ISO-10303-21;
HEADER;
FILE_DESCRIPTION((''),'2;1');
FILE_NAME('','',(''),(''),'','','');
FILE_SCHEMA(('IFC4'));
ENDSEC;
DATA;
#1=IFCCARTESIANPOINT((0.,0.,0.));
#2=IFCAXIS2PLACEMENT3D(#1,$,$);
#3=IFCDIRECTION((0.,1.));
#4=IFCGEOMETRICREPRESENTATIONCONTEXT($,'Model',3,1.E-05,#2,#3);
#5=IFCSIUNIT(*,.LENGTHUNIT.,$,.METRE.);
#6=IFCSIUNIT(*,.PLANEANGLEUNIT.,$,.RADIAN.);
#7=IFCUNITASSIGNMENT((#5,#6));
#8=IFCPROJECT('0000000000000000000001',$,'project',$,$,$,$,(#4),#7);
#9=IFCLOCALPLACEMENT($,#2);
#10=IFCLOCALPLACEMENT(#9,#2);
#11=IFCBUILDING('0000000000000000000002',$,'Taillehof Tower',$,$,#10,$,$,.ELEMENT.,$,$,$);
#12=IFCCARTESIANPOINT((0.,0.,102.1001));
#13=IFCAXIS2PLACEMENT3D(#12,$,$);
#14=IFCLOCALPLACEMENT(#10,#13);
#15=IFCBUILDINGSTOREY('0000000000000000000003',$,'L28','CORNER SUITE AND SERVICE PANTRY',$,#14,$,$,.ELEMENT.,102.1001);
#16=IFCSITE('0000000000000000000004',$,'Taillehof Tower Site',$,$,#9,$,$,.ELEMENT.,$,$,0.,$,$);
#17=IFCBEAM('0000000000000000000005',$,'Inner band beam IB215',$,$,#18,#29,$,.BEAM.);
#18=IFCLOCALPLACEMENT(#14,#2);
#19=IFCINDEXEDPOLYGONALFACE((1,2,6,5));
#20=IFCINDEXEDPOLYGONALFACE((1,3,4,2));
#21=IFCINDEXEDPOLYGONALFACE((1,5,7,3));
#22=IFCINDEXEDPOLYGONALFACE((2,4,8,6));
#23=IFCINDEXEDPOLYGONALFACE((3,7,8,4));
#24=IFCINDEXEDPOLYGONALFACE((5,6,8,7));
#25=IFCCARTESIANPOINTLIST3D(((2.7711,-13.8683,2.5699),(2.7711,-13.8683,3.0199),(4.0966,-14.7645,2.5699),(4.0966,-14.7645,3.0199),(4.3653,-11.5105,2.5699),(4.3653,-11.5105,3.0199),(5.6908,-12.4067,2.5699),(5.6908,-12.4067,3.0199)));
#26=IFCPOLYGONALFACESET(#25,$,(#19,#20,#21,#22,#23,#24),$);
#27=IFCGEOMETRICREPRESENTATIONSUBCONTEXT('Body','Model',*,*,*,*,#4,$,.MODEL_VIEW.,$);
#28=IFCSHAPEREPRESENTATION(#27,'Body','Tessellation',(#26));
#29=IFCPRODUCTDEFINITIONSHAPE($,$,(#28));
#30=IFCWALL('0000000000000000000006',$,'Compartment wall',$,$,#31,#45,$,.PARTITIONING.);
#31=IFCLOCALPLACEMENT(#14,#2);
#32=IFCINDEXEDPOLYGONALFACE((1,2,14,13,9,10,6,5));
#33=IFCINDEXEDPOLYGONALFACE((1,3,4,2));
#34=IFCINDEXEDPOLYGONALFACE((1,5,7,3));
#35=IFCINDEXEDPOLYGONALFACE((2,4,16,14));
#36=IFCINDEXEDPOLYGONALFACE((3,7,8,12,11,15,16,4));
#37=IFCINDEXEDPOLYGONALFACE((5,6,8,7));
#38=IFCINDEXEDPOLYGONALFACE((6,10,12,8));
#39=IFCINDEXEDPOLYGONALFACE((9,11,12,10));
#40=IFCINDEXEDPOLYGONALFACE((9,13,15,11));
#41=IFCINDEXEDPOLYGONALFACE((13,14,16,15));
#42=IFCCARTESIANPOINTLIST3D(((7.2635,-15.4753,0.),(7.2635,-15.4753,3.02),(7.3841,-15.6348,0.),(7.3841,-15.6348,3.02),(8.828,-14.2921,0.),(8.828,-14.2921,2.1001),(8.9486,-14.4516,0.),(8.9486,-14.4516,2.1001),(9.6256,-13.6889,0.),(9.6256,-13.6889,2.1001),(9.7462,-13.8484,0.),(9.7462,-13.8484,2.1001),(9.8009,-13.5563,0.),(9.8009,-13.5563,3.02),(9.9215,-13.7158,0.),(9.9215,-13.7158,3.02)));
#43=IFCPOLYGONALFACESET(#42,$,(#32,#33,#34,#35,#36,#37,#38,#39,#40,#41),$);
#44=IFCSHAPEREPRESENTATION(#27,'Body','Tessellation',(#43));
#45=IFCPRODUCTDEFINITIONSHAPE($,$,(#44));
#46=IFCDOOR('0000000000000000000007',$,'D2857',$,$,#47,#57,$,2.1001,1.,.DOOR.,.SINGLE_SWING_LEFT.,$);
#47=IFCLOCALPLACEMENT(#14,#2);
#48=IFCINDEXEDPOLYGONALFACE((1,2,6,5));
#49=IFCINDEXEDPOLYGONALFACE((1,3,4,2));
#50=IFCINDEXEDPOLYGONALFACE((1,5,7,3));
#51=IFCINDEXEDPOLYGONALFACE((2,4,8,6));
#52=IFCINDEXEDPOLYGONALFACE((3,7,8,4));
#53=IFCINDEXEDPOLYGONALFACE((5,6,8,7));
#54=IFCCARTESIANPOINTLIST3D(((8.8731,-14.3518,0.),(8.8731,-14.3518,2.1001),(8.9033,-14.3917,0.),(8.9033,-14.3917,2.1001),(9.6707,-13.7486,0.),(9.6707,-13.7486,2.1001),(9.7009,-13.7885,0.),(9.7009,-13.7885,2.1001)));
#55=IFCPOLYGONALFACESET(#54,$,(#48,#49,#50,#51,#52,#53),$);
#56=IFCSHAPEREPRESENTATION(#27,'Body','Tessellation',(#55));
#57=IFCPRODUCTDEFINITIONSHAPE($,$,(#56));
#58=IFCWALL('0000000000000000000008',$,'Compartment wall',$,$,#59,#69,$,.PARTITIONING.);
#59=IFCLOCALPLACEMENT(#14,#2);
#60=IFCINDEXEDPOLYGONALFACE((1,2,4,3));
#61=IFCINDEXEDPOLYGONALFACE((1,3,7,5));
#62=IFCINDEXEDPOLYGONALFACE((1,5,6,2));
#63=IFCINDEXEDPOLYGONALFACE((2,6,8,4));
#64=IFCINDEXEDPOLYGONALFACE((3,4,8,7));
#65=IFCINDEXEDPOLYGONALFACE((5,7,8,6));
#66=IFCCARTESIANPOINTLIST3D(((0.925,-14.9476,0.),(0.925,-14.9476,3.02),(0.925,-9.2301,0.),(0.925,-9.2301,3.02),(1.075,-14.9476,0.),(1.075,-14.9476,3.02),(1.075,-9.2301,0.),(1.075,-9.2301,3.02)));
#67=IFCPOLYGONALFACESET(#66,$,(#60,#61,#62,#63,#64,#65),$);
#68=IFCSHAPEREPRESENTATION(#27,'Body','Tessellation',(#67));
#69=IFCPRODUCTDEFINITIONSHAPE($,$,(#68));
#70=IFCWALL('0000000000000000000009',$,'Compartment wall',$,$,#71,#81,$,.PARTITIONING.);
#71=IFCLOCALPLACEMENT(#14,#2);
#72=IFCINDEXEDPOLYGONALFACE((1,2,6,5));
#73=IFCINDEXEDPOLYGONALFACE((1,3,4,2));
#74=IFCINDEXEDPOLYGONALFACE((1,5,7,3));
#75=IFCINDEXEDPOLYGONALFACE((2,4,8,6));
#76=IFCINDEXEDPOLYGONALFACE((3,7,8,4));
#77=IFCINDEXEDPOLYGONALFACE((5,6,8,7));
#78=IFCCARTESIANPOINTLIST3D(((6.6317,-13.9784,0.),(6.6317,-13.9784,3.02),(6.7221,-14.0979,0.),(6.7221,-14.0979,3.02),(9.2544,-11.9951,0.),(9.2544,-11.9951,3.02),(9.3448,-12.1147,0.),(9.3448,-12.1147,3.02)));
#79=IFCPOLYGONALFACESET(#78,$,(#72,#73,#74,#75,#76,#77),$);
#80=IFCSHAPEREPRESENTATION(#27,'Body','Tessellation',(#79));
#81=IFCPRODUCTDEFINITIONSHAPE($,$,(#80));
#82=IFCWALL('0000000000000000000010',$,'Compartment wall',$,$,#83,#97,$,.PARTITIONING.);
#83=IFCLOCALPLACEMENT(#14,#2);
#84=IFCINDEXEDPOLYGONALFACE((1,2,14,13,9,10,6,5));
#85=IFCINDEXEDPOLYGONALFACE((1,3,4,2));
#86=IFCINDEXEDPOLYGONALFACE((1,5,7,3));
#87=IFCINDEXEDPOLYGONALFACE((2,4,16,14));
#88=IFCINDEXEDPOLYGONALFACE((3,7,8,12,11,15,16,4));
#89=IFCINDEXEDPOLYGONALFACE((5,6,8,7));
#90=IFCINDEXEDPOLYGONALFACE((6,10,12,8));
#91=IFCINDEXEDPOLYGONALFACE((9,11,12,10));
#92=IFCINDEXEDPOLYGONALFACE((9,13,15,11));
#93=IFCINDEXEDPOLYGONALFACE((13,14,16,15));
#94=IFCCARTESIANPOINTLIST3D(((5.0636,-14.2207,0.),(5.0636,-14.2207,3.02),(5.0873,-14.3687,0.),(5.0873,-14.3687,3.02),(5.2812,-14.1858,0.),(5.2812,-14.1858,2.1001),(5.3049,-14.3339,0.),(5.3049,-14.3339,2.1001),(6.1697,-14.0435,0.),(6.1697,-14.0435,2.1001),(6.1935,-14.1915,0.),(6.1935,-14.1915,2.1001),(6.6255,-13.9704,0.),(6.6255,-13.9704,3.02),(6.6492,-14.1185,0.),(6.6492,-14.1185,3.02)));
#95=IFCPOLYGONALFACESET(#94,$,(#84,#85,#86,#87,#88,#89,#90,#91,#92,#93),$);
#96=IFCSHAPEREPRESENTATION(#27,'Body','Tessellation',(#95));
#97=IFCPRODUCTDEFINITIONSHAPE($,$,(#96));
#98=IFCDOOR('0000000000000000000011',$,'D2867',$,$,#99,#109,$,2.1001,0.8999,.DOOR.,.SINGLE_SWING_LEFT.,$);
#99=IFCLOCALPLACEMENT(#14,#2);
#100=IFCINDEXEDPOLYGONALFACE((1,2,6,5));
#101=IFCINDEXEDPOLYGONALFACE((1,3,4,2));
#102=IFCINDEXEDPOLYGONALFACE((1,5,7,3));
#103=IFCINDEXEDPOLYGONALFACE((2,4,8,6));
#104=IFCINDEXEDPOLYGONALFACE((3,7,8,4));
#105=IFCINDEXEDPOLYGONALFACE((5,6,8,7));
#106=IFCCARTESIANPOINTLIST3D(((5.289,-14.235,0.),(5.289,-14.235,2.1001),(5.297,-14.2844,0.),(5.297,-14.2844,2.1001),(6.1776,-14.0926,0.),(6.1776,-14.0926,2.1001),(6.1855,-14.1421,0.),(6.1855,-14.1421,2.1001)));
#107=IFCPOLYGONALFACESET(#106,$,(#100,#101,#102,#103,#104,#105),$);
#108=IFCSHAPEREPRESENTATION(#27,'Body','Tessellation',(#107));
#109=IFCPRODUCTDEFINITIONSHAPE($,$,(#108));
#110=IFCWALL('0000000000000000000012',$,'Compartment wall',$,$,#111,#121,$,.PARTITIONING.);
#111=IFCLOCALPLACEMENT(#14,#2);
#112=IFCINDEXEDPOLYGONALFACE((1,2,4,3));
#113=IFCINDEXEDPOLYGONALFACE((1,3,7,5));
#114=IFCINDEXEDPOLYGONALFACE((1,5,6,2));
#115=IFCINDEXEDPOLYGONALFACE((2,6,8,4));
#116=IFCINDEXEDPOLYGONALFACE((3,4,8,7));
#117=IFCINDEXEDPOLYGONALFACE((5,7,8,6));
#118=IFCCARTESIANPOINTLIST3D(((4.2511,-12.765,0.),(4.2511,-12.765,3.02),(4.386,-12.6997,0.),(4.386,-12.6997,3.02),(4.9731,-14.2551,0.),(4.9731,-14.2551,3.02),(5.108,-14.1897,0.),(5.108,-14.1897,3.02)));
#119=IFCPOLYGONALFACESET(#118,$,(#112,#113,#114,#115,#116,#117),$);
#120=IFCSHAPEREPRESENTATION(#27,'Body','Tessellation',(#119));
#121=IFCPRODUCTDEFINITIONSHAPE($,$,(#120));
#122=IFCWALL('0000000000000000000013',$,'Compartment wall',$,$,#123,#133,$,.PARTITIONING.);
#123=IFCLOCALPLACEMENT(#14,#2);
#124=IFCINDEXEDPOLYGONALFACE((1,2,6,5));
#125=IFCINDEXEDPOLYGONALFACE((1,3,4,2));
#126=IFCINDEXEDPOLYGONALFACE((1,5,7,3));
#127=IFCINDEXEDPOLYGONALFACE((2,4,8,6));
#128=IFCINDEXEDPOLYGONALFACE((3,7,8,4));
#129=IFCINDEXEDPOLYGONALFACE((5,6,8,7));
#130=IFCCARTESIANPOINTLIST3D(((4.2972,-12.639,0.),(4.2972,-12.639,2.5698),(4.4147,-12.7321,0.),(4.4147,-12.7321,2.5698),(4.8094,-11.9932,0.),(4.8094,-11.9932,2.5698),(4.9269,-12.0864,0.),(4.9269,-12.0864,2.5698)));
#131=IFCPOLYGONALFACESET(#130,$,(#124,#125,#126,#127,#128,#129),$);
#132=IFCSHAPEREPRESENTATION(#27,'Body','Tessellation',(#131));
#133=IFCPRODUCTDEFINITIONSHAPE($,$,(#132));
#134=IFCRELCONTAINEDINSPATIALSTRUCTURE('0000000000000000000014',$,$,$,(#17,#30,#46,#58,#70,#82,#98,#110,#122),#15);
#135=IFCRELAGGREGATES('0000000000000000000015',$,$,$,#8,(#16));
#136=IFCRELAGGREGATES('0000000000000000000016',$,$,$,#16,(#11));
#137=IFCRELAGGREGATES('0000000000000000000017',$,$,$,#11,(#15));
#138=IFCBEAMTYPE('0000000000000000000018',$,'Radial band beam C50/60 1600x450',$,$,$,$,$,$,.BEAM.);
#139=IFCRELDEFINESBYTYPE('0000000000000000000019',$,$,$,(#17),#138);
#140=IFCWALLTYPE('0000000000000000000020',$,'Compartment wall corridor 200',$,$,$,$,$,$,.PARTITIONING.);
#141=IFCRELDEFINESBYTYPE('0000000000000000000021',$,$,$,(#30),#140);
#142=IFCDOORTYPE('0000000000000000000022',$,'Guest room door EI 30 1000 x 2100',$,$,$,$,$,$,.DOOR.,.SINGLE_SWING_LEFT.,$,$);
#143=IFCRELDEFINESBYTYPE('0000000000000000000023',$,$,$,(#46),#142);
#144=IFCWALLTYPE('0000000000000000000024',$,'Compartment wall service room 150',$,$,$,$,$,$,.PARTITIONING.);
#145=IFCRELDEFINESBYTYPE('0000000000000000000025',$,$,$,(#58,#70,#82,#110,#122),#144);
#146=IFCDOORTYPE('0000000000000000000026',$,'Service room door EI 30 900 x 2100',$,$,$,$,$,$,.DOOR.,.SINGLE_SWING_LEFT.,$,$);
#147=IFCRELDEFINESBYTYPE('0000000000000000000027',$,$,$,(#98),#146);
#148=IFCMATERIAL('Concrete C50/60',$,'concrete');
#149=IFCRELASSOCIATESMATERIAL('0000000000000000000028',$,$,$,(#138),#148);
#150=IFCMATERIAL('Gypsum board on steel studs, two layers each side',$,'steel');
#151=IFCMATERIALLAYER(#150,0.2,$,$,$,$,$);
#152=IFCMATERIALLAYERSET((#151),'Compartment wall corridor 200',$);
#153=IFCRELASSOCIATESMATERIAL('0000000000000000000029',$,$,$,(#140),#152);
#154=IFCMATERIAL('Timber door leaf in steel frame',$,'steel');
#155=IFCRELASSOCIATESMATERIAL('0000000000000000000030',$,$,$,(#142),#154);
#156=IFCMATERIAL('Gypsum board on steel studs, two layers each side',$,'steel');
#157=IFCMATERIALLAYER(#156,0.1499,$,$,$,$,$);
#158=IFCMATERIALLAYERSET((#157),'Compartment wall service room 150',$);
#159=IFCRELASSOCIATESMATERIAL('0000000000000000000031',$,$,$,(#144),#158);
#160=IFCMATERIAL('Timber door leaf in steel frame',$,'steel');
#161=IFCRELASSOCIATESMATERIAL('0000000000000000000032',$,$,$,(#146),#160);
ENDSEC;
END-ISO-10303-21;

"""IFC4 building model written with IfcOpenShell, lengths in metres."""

from ifc_helpers import new_model, si_unit, direction, frame, frame_2d, origin, origin_2d, place, context, subcontext, project, spatial, rectangle, extrude, material, layer, layer_set, material_profile, profile_set, type_object, element, fill, save


model = new_model("IFC4")

# Units and contexts
model_context = context("Model", 3, precision=1e-05, world=origin(), true_north=direction((0.0, 1.0)))
body_context = subcontext(model_context, "Body", "Model", "MODEL_VIEW")
ifc_project = project(units=[si_unit("LENGTHUNIT", "METRE"), si_unit("PLANEANGLEUNIT", "RADIAN")], contexts=[model_context])

# Site, building, storey
site_placement = place(None, origin())
site = spatial("IfcSite", under=ifc_project, at=site_placement, Name="Taillehof Tower Site", CompositionType="ELEMENT", RefElevation=0.0)
building_placement = place(site_placement, origin())
building = spatial("IfcBuilding", under=site, at=building_placement, Name="Taillehof Tower", CompositionType="ELEMENT")
storey_placement = place(building_placement, frame((0.0, 0.0, 102.1001)))
storey = spatial("IfcBuildingStorey", under=building, at=storey_placement, Name="L28", Description="CORNER SUITE AND SERVICE PANTRY", CompositionType="ELEMENT", Elevation=102.1001)

# Beam
ifc_material_1 = material(Name="Concrete C50/60", Category="concrete")
ifc_material_profile = material_profile(ifc_material_1, rectangle(XDim=1.6001, YDim=0.45, at=origin_2d()), Name="RC 1600x450")
ifc_profile_set = profile_set([ifc_material_profile], Name="Concrete C50/60")
beam_type = type_object("IfcBeamType", Name="Radial band beam C50/60 1600x450", PredefinedType="BEAM", material=ifc_profile_set)
beam_placement = place(storey_placement, frame((3.4338, -14.3164, 2.7949), z_axis=(0.560112, 0.828417, 0.0), x_axis=(-0.828417, 0.560112, 0.0)))
element("IfcBeam", 1, at=beam_placement, inside=storey, type_object=beam_type, Name="Inner band beam IB215", PredefinedType="BEAM", context=body_context, shape_type="SweptSolid", body=[
    extrude(rectangle(XDim=1.6001, YDim=0.45, at=origin_2d()), origin(), (0.0, 0.0, 1.0), 2.8462),
])

# Wall, opening, door
ifc_material_2 = material(Name="Gypsum board on steel studs, two layers each side", Category="steel")
ifc_layer_1 = layer(ifc_material_2, 0.2)
ifc_layer_set_1 = layer_set([ifc_layer_1], Name="Compartment wall corridor 200")
wall_type_1 = type_object("IfcWallType", Name="Compartment wall corridor 200", PredefinedType="PARTITIONING", material=ifc_layer_set_1)
wall_1_placement = place(storey_placement, frame((9.8613, -13.636, 0.0), z_axis=(0.0, 0.0, 1.0), x_axis=(-0.79759, -0.6032, 0.0)))
wall_1 = element("IfcWall", 2, at=wall_1_placement, inside=storey, type_object=wall_type_1, Name="Compartment wall", PredefinedType="PARTITIONING", context=body_context, shape_type="SweptSolid", body=[
    extrude(rectangle(XDim=3.1814, YDim=0.2, at=frame_2d((1.5908, 0.0))), origin(), (0.0, 0.0, 1.0), 3.02),
])
opening_1_placement = place(wall_1_placement, frame((0.22, 0.0, 0.0)))
opening_1 = element("IfcOpeningElement", 3, at=opening_1_placement, cuts=wall_1, PredefinedType="OPENING", context=body_context, shape_type="SweptSolid", body=[
    extrude(rectangle(XDim=1.0, YDim=2.1001, at=frame_2d((0.5, 1.05))), frame((0.0, 0.1099, 0.0), z_axis=(0.0, -1.0, 0.0), x_axis=(1.0, 0.0, 0.0)), (0.0, 0.0, 1.0), 0.22),
])
ifc_material_3 = material(Name="Timber door leaf in steel frame", Category="steel")
door_type_1 = type_object("IfcDoorType", Name="Guest room door EI 30 1000 x 2100", OperationType="SINGLE_SWING_LEFT", PredefinedType="DOOR", material=ifc_material_3)
door_1_placement = place(opening_1_placement, origin())
door_1 = element("IfcDoor", 4, at=door_1_placement, inside=storey, type_object=door_type_1, Name="D2857", OperationType="SINGLE_SWING_LEFT", OverallHeight=2.1001, OverallWidth=1.0, PredefinedType="DOOR", context=body_context, shape_type="SweptSolid", body=[
    extrude(rectangle(XDim=1.0, YDim=2.1001, at=frame_2d((0.5, 1.05))), frame((0.0, 0.0249, 0.0), z_axis=(0.0, -1.0, 0.0), x_axis=(1.0, 0.0, 0.0)), (0.0, 0.0, 1.0), 0.05),
])
fill(opening_1, door_1)

# Walls
ifc_material_4 = material(Name="Gypsum board on steel studs, two layers each side", Category="steel")
ifc_layer_2 = layer(ifc_material_4, 0.1499)
ifc_layer_set_2 = layer_set([ifc_layer_2], Name="Compartment wall service room 150")
wall_type_2 = type_object("IfcWallType", Name="Compartment wall service room 150", PredefinedType="PARTITIONING", material=ifc_layer_set_2)
wall_2_placement = place(storey_placement, frame((1.0, -9.23, 0.0), z_axis=(0.0, 0.0, 1.0), x_axis=(0.0, -1.0, 0.0)))
element("IfcWall", 5, at=wall_2_placement, inside=storey, type_object=wall_type_2, Name="Compartment wall", PredefinedType="PARTITIONING", context=body_context, shape_type="SweptSolid", body=[
    extrude(rectangle(XDim=5.7175, YDim=0.1499, at=frame_2d((2.8589, 0.0))), origin(), (0.0, 0.0, 1.0), 3.02),
])
wall_3_placement = place(storey_placement, frame((9.2996, -12.0549, 0.0), z_axis=(0.0, 0.0, 1.0), x_axis=(-0.797624, -0.603156, 0.0)))
element("IfcWall", 6, at=wall_3_placement, inside=storey, type_object=wall_type_2, Name="Compartment wall", PredefinedType="PARTITIONING", context=body_context, shape_type="SweptSolid", body=[
    extrude(rectangle(XDim=3.2881, YDim=0.1499, at=frame_2d((1.644, 0.0))), origin(), (0.0, 0.0, 1.0), 3.02),
])

# Wall, opening, door
wall_4_placement = place(storey_placement, frame((6.6375, -14.0444, 0.0), z_axis=(0.0, 0.0, 1.0), x_axis=(-0.987405, -0.158213, 0.0)))
wall_4 = element("IfcWall", 7, at=wall_4_placement, inside=storey, type_object=wall_type_2, Name="Compartment wall", PredefinedType="PARTITIONING", context=body_context, shape_type="SweptSolid", body=[
    extrude(rectangle(XDim=1.5818, YDim=0.1499, at=frame_2d((0.791, 0.0))), origin(), (0.0, 0.0, 1.0), 3.02),
])
opening_2_placement = place(wall_4_placement, frame((0.4617, 0.0, 0.0)))
opening_2 = element("IfcOpeningElement", 8, at=opening_2_placement, cuts=wall_4, PredefinedType="OPENING", context=body_context, shape_type="SweptSolid", body=[
    extrude(rectangle(XDim=0.8999, YDim=2.1001, at=frame_2d((0.45, 1.05))), frame((0.0, 0.085, 0.0), z_axis=(0.0, -1.0, 0.0), x_axis=(1.0, 0.0, 0.0)), (0.0, 0.0, 1.0), 0.1699),
])
ifc_material_5 = material(Name="Timber door leaf in steel frame", Category="steel")
door_type_2 = type_object("IfcDoorType", Name="Service room door EI 30 900 x 2100", OperationType="SINGLE_SWING_LEFT", PredefinedType="DOOR", material=ifc_material_5)
door_2_placement = place(opening_2_placement, origin())
door_2 = element("IfcDoor", 9, at=door_2_placement, inside=storey, type_object=door_type_2, Name="D2867", OperationType="SINGLE_SWING_LEFT", OverallHeight=2.1001, OverallWidth=0.8999, PredefinedType="DOOR", context=body_context, shape_type="SweptSolid", body=[
    extrude(rectangle(XDim=0.8999, YDim=2.1001, at=frame_2d((0.45, 1.05))), frame((0.0, 0.0249, 0.0), z_axis=(0.0, -1.0, 0.0), x_axis=(1.0, 0.0, 0.0)), (0.0, 0.0, 1.0), 0.05),
])
fill(opening_2, door_2)

# Walls
wall_5_placement = place(storey_placement, frame((5.0405, -14.2224, 0.0), z_axis=(0.0, 0.0, 1.0), x_axis=(-0.436031, 0.899932, 0.0)))
element("IfcWall", 10, at=wall_5_placement, inside=storey, type_object=wall_type_2, Name="Compartment wall", PredefinedType="PARTITIONING", context=body_context, shape_type="SweptSolid", body=[
    extrude(rectangle(XDim=1.6558, YDim=0.1499, at=frame_2d((0.8279, 0.0))), origin(), (0.0, 0.0, 1.0), 3.02),
])
wall_6_placement = place(storey_placement, frame((4.356, -12.6855, 0.0), z_axis=(0.0, 0.0, 1.0), x_axis=(0.621439, 0.783463, 0.0)))
element("IfcWall", 11, at=wall_6_placement, inside=storey, type_object=wall_type_2, Name="Compartment wall", PredefinedType="PARTITIONING", context=body_context, shape_type="SweptSolid", body=[
    extrude(rectangle(XDim=0.8242, YDim=0.1499, at=frame_2d((0.4121, 0.0))), origin(), (0.0, 0.0, 1.0), 2.5698),
])

save(model, "model.ifc")
